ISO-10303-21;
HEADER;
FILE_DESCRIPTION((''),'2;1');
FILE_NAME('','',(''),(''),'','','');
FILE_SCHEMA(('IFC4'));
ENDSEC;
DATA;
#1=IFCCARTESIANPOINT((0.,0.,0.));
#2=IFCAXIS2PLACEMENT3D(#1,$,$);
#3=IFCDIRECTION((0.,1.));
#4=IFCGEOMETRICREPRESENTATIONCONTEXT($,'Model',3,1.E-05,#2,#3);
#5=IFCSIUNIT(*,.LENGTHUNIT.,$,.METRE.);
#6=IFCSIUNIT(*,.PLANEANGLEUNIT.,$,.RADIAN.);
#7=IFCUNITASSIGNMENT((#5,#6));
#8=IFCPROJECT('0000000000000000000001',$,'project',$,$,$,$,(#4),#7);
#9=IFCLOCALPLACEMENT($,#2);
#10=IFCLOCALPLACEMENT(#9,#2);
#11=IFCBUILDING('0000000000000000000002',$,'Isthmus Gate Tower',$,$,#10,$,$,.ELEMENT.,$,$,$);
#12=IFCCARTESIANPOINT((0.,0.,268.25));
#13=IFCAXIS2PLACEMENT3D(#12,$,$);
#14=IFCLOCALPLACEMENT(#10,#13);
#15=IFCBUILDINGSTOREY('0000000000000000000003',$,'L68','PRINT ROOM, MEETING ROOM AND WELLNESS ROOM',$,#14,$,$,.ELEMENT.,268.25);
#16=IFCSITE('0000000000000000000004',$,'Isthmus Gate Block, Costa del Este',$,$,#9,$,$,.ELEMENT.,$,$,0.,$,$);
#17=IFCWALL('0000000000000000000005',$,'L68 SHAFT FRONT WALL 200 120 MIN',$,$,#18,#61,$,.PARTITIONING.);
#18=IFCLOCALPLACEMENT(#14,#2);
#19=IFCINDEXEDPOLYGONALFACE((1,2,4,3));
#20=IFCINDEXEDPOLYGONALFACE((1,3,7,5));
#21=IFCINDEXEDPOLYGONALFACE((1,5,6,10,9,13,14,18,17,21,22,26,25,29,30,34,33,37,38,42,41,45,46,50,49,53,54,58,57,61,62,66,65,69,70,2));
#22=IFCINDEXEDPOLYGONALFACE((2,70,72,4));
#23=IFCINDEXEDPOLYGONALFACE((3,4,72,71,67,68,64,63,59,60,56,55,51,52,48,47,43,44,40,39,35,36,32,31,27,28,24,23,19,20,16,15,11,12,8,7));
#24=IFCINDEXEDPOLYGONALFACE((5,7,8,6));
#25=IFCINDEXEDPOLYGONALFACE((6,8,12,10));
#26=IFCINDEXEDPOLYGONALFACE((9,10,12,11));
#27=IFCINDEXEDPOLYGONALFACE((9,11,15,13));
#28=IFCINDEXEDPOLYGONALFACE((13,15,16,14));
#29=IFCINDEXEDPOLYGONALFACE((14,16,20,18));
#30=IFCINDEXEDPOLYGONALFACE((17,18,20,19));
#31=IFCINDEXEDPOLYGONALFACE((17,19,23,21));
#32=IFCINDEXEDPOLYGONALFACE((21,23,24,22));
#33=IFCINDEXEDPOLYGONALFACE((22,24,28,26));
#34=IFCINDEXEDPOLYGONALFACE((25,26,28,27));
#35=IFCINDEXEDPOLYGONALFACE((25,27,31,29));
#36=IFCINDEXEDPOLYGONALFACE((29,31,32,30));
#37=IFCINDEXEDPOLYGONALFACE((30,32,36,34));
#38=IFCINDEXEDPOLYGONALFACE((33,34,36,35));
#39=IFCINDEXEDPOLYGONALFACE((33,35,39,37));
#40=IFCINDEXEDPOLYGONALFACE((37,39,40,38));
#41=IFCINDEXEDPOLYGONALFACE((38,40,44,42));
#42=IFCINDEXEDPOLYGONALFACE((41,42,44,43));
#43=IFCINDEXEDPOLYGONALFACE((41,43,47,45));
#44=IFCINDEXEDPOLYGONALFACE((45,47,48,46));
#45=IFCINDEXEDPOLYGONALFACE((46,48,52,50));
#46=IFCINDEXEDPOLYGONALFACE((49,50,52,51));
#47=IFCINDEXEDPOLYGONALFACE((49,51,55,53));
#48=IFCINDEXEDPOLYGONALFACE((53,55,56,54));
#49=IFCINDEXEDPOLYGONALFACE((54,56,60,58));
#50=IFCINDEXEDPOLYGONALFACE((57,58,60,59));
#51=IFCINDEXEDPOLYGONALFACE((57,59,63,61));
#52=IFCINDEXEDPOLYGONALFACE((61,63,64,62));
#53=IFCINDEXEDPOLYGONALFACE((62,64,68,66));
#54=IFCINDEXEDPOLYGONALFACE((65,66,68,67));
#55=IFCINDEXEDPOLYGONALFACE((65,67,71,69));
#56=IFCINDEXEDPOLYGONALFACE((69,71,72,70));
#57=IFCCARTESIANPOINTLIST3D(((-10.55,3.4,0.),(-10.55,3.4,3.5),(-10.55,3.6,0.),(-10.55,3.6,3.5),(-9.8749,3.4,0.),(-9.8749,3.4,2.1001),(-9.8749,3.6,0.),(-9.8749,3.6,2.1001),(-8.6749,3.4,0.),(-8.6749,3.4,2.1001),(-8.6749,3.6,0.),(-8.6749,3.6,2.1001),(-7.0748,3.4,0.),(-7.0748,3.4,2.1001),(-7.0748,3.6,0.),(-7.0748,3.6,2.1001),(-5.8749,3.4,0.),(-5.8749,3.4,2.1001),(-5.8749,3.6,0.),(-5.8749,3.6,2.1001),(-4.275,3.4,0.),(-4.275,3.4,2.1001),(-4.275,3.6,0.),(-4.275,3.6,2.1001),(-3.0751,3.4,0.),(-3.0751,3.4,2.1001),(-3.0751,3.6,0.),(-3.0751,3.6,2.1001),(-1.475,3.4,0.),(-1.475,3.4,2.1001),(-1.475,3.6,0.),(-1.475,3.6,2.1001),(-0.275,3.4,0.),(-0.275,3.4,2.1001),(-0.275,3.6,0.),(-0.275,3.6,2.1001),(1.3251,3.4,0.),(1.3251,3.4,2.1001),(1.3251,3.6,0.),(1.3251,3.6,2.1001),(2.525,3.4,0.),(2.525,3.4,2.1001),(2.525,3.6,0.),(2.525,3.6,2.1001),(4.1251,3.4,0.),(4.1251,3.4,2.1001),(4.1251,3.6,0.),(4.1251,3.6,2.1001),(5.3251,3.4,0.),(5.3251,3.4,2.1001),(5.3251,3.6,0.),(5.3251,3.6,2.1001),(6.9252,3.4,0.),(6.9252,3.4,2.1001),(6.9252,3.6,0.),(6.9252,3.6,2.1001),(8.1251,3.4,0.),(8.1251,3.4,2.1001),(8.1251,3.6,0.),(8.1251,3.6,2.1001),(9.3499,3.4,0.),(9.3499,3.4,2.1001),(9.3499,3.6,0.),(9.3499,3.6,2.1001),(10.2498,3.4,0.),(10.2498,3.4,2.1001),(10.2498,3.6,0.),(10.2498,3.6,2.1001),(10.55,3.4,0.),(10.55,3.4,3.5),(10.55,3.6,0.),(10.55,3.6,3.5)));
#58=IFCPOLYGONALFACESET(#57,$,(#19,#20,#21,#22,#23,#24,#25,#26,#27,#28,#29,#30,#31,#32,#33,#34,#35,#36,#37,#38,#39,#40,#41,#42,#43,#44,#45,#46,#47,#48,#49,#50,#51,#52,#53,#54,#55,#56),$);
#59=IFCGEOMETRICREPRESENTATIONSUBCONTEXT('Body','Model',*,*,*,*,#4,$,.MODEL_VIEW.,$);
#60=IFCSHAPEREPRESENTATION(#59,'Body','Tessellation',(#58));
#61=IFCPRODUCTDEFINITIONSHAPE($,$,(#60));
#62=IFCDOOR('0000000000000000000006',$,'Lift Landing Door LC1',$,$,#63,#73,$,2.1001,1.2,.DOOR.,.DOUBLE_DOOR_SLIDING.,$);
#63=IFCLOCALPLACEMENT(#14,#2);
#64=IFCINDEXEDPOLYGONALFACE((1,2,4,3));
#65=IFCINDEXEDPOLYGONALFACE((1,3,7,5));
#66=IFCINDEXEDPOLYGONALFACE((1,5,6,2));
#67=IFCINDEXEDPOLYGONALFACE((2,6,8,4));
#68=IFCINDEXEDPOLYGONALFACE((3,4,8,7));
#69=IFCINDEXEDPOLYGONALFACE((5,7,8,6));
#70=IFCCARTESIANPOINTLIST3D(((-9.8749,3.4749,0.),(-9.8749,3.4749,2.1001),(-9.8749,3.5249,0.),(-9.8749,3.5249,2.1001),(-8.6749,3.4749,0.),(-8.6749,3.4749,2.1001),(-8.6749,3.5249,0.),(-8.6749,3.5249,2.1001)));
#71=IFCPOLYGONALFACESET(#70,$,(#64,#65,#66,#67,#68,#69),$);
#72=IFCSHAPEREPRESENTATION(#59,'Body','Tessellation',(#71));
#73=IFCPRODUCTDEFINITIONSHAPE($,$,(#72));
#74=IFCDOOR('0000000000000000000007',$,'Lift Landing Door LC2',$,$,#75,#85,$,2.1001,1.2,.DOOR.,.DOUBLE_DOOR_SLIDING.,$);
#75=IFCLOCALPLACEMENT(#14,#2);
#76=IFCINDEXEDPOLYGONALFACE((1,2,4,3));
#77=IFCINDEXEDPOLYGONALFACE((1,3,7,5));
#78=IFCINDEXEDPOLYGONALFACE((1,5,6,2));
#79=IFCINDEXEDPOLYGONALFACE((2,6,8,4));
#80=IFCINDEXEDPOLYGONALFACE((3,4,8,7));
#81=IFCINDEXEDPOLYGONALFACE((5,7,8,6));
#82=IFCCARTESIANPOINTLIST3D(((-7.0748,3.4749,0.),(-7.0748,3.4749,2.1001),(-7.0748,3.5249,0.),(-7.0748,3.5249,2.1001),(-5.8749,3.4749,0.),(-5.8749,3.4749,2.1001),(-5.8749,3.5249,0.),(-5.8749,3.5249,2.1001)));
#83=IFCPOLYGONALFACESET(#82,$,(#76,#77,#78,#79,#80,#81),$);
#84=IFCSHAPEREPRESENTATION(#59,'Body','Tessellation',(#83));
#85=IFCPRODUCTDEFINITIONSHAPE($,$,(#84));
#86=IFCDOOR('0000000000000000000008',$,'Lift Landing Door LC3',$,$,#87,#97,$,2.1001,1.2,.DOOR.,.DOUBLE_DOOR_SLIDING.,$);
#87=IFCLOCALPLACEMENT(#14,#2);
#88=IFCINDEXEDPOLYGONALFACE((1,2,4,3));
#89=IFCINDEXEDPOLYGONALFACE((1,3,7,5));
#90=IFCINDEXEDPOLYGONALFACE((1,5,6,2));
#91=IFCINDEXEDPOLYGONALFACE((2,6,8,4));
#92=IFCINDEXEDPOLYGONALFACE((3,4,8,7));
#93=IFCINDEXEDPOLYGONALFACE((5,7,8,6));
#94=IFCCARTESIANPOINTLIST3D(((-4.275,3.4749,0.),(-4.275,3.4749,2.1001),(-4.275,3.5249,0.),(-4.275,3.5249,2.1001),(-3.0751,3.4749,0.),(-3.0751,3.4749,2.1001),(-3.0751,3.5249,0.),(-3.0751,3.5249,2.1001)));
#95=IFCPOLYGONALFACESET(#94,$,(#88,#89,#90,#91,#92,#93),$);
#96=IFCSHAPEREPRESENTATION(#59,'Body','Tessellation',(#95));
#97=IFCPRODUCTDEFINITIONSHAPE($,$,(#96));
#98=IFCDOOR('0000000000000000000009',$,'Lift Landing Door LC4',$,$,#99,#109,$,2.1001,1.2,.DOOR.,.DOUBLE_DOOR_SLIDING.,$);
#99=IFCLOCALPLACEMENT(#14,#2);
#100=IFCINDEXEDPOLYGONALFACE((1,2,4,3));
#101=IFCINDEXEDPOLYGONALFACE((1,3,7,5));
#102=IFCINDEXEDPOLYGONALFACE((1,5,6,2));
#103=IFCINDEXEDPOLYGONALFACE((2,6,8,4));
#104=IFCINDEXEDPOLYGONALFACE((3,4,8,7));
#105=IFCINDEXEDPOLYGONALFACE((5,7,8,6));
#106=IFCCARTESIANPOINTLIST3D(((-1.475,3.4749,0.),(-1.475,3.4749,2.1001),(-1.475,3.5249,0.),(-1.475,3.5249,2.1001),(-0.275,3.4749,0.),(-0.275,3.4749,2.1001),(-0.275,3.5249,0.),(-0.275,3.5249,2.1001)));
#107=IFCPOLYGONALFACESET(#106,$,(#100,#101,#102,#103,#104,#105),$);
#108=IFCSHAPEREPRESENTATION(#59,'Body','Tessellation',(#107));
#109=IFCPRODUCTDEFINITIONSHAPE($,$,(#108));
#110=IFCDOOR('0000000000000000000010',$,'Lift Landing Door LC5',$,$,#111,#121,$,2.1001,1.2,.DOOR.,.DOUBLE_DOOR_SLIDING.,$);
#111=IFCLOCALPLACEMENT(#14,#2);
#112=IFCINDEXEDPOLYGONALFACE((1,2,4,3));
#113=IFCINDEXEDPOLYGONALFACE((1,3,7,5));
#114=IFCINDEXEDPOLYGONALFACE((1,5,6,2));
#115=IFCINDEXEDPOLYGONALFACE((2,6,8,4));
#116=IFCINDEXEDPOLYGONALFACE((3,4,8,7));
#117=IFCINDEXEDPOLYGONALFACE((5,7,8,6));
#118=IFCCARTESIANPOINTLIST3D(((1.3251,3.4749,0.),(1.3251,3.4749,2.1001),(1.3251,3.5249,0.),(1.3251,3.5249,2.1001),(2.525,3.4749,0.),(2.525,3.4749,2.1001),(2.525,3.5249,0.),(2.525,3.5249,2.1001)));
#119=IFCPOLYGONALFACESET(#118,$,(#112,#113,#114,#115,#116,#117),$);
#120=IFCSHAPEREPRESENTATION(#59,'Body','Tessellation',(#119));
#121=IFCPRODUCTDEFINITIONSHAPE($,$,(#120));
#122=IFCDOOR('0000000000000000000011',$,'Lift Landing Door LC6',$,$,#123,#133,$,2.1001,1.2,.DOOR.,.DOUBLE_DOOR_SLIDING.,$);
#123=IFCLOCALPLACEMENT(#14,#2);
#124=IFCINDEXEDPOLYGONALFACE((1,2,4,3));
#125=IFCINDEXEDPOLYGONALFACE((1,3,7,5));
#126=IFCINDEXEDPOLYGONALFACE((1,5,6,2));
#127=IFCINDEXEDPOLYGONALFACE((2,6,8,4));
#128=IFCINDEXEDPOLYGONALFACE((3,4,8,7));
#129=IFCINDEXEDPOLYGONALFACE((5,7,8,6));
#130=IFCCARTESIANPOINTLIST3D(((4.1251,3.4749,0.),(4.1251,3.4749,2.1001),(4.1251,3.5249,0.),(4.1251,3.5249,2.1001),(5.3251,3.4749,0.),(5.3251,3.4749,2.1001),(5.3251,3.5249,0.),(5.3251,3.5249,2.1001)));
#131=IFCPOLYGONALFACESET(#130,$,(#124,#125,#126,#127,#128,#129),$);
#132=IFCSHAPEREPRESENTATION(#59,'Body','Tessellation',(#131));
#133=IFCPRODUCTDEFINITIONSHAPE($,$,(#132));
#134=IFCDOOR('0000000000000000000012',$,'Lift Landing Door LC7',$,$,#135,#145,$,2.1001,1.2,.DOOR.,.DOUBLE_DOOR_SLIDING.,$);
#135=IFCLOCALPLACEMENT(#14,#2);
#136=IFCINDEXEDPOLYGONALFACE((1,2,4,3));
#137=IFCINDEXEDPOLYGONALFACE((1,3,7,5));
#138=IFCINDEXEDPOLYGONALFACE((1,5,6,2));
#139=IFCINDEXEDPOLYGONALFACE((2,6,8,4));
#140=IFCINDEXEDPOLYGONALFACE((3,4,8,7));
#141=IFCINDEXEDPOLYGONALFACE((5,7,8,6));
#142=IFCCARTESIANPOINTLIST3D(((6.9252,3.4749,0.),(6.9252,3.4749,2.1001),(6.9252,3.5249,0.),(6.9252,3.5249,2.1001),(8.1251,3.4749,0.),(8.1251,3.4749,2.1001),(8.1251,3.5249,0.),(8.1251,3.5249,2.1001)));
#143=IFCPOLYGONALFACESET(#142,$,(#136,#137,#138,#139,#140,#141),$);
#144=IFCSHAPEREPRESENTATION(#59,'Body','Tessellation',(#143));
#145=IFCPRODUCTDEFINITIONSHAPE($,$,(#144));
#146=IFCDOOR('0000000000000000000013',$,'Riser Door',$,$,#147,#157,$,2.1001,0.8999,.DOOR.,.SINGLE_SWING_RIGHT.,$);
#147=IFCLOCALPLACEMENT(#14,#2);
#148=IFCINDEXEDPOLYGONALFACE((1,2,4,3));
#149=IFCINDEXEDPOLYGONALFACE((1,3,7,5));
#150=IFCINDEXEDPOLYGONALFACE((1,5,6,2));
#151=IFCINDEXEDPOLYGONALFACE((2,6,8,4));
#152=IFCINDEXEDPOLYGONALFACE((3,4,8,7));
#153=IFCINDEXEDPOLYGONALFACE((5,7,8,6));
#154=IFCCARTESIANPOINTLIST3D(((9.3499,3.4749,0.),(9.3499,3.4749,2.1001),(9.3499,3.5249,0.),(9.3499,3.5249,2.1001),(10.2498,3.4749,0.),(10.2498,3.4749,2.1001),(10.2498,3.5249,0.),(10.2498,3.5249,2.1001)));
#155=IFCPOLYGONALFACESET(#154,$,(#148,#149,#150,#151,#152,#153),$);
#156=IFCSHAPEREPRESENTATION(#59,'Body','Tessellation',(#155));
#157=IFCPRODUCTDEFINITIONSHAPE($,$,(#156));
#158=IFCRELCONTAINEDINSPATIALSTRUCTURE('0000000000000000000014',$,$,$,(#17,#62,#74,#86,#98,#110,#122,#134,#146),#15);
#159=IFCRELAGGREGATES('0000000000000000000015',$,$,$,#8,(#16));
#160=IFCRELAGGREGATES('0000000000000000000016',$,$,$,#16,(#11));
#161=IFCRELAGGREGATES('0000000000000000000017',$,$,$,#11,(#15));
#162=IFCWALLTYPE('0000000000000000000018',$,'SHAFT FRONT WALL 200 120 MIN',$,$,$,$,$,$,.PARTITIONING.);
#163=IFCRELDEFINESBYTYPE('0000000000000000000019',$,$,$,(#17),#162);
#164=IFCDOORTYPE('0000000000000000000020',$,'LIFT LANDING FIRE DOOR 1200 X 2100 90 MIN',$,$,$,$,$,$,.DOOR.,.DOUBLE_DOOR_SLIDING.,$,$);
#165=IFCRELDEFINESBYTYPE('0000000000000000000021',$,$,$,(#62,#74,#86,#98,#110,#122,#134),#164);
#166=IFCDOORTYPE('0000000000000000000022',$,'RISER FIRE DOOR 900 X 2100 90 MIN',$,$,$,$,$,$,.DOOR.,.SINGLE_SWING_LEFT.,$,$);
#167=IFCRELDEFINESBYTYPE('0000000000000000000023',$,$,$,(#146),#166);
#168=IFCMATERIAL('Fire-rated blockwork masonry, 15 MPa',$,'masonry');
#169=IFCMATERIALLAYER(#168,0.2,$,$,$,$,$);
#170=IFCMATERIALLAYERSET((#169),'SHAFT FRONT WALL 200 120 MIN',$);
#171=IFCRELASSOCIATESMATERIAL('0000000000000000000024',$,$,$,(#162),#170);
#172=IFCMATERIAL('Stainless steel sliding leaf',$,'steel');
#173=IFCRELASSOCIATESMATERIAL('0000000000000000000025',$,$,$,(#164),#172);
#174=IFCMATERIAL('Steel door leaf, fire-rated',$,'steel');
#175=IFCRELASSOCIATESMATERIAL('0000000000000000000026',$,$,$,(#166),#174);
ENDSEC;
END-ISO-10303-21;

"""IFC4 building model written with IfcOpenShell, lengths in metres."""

from ifc_helpers import new_model, si_unit, direction, frame, frame_2d, origin, place, context, subcontext, project, spatial, rectangle, extrude, material, layer, layer_set, type_object, element, fill, save


model = new_model("IFC4")

# Units and contexts
model_context = context("Model", 3, precision=1e-05, world=origin(), true_north=direction((0.0, 1.0)))
body_context = subcontext(model_context, "Body", "Model", "MODEL_VIEW")
ifc_project = project(units=[si_unit("LENGTHUNIT", "METRE"), si_unit("PLANEANGLEUNIT", "RADIAN")], contexts=[model_context])

# Site, building, storey
site_placement = place(None, origin())
site = spatial("IfcSite", under=ifc_project, at=site_placement, Name="Isthmus Gate Block, Costa del Este", CompositionType="ELEMENT", RefElevation=0.0)
building_placement = place(site_placement, origin())
building = spatial("IfcBuilding", under=site, at=building_placement, Name="Isthmus Gate Tower", CompositionType="ELEMENT")
storey_placement = place(building_placement, frame((0.0, 0.0, 268.25)))
storey = spatial("IfcBuildingStorey", under=building, at=storey_placement, Name="L68", Description="PRINT ROOM, MEETING ROOM AND WELLNESS ROOM", CompositionType="ELEMENT", Elevation=268.25)

# Wall, openings, doors
ifc_material_1 = material(Name="Fire-rated blockwork masonry, 15 MPa", Category="masonry")
ifc_layer_1 = layer(ifc_material_1, 0.2)
ifc_layer_set_1 = layer_set([ifc_layer_1], Name="SHAFT FRONT WALL 200 120 MIN")
wall_type_1 = type_object("IfcWallType", Name="SHAFT FRONT WALL 200 120 MIN", PredefinedType="PARTITIONING", material=ifc_layer_set_1)
wall_1_placement = place(storey_placement, frame((-10.55, 3.5, 0.0), z_axis=(0.0, 0.0, 1.0), x_axis=(1.0, 0.0, 0.0)))
wall_1 = element("IfcWall", 1, at=wall_1_placement, inside=storey, type_object=wall_type_1, Name="L68 SHAFT FRONT WALL 200 120 MIN", PredefinedType="PARTITIONING", context=body_context, shape_type="SweptSolid", body=[
    extrude(rectangle(XDim=21.1001, YDim=0.2, at=frame_2d((10.55, 0.0))), origin(), (0.0, 0.0, 1.0), 3.5),
])
opening_1_placement = place(wall_1_placement, frame((0.675, 0.0, 0.0)))
opening_1 = element("IfcOpeningElement", 2, at=opening_1_placement, cuts=wall_1, PredefinedType="OPENING", context=body_context, shape_type="SweptSolid", body=[
    extrude(rectangle(XDim=1.2, YDim=2.1001, at=frame_2d((0.6001, 1.05))), frame((0.0, 0.1099, 0.0), z_axis=(0.0, -1.0, 0.0), x_axis=(1.0, 0.0, 0.0)), (0.0, 0.0, 1.0), 0.22),
])
opening_2_placement = place(wall_1_placement, frame((3.4751, 0.0, 0.0)))
opening_2 = element("IfcOpeningElement", 3, at=opening_2_placement, cuts=wall_1, PredefinedType="OPENING", context=body_context, shape_type="SweptSolid", body=[
    extrude(rectangle(XDim=1.2, YDim=2.1001, at=frame_2d((0.6001, 1.05))), frame((0.0, 0.1099, 0.0), z_axis=(0.0, -1.0, 0.0), x_axis=(1.0, 0.0, 0.0)), (0.0, 0.0, 1.0), 0.22),
])
opening_3_placement = place(wall_1_placement, frame((6.2749, 0.0, 0.0)))
opening_3 = element("IfcOpeningElement", 4, at=opening_3_placement, cuts=wall_1, PredefinedType="OPENING", context=body_context, shape_type="SweptSolid", body=[
    extrude(rectangle(XDim=1.2, YDim=2.1001, at=frame_2d((0.6001, 1.05))), frame((0.0, 0.1099, 0.0), z_axis=(0.0, -1.0, 0.0), x_axis=(1.0, 0.0, 0.0)), (0.0, 0.0, 1.0), 0.22),
])
opening_4_placement = place(wall_1_placement, frame((9.075, 0.0, 0.0)))
opening_4 = element("IfcOpeningElement", 5, at=opening_4_placement, cuts=wall_1, PredefinedType="OPENING", context=body_context, shape_type="SweptSolid", body=[
    extrude(rectangle(XDim=1.2, YDim=2.1001, at=frame_2d((0.6001, 1.05))), frame((0.0, 0.1099, 0.0), z_axis=(0.0, -1.0, 0.0), x_axis=(1.0, 0.0, 0.0)), (0.0, 0.0, 1.0), 0.22),
])
opening_5_placement = place(wall_1_placement, frame((11.875, 0.0, 0.0)))
opening_5 = element("IfcOpeningElement", 6, at=opening_5_placement, cuts=wall_1, PredefinedType="OPENING", context=body_context, shape_type="SweptSolid", body=[
    extrude(rectangle(XDim=1.2, YDim=2.1001, at=frame_2d((0.6001, 1.05))), frame((0.0, 0.1099, 0.0), z_axis=(0.0, -1.0, 0.0), x_axis=(1.0, 0.0, 0.0)), (0.0, 0.0, 1.0), 0.22),
])
opening_6_placement = place(wall_1_placement, frame((14.675, 0.0, 0.0)))
opening_6 = element("IfcOpeningElement", 7, at=opening_6_placement, cuts=wall_1, PredefinedType="OPENING", context=body_context, shape_type="SweptSolid", body=[
    extrude(rectangle(XDim=1.2, YDim=2.1001, at=frame_2d((0.6001, 1.05))), frame((0.0, 0.1099, 0.0), z_axis=(0.0, -1.0, 0.0), x_axis=(1.0, 0.0, 0.0)), (0.0, 0.0, 1.0), 0.22),
])
opening_7_placement = place(wall_1_placement, frame((17.4751, 0.0, 0.0)))
opening_7 = element("IfcOpeningElement", 8, at=opening_7_placement, cuts=wall_1, PredefinedType="OPENING", context=body_context, shape_type="SweptSolid", body=[
    extrude(rectangle(XDim=1.2, YDim=2.1001, at=frame_2d((0.6001, 1.05))), frame((0.0, 0.1099, 0.0), z_axis=(0.0, -1.0, 0.0), x_axis=(1.0, 0.0, 0.0)), (0.0, 0.0, 1.0), 0.22),
])
opening_8_placement = place(wall_1_placement, frame((19.8999, 0.0, 0.0)))
opening_8 = element("IfcOpeningElement", 9, at=opening_8_placement, cuts=wall_1, PredefinedType="OPENING", context=body_context, shape_type="SweptSolid", body=[
    extrude(rectangle(XDim=0.8999, YDim=2.1001, at=frame_2d((0.45, 1.05))), frame((0.0, 0.1099, 0.0), z_axis=(0.0, -1.0, 0.0), x_axis=(1.0, 0.0, 0.0)), (0.0, 0.0, 1.0), 0.22),
])
ifc_material_2 = material(Name="Stainless steel sliding leaf", Category="steel")
door_type_1 = type_object("IfcDoorType", Name="LIFT LANDING FIRE DOOR 1200 X 2100 90 MIN", OperationType="DOUBLE_DOOR_SLIDING", PredefinedType="DOOR", material=ifc_material_2)
door_1_placement = place(opening_1_placement, origin())
door_1 = element("IfcDoor", 10, at=door_1_placement, inside=storey, type_object=door_type_1, Name="Lift Landing Door LC1", OperationType="DOUBLE_DOOR_SLIDING", OverallHeight=2.1001, OverallWidth=1.2, PredefinedType="DOOR", context=body_context, shape_type="SweptSolid", body=[
    extrude(rectangle(XDim=1.2, YDim=2.1001, at=frame_2d((0.6001, 1.05))), frame((0.0, 0.0249, 0.0), z_axis=(0.0, -1.0, 0.0), x_axis=(1.0, 0.0, 0.0)), (0.0, 0.0, 1.0), 0.05),
])
fill(opening_1, door_1)
door_2_placement = place(opening_2_placement, origin())
door_2 = element("IfcDoor", 11, at=door_2_placement, inside=storey, type_object=door_type_1, Name="Lift Landing Door LC2", OperationType="DOUBLE_DOOR_SLIDING", OverallHeight=2.1001, OverallWidth=1.2, PredefinedType="DOOR", context=body_context, shape_type="SweptSolid", body=[
    extrude(rectangle(XDim=1.2, YDim=2.1001, at=frame_2d((0.6001, 1.05))), frame((0.0, 0.0249, 0.0), z_axis=(0.0, -1.0, 0.0), x_axis=(1.0, 0.0, 0.0)), (0.0, 0.0, 1.0), 0.05),
])
fill(opening_2, door_2)
door_3_placement = place(opening_3_placement, origin())
door_3 = element("IfcDoor", 12, at=door_3_placement, inside=storey, type_object=door_type_1, Name="Lift Landing Door LC3", OperationType="DOUBLE_DOOR_SLIDING", OverallHeight=2.1001, OverallWidth=1.2, PredefinedType="DOOR", context=body_context, shape_type="SweptSolid", body=[
    extrude(rectangle(XDim=1.2, YDim=2.1001, at=frame_2d((0.6001, 1.05))), frame((0.0, 0.0249, 0.0), z_axis=(0.0, -1.0, 0.0), x_axis=(1.0, 0.0, 0.0)), (0.0, 0.0, 1.0), 0.05),
])
fill(opening_3, door_3)
door_4_placement = place(opening_4_placement, origin())
door_4 = element("IfcDoor", 13, at=door_4_placement, inside=storey, type_object=door_type_1, Name="Lift Landing Door LC4", OperationType="DOUBLE_DOOR_SLIDING", OverallHeight=2.1001, OverallWidth=1.2, PredefinedType="DOOR", context=body_context, shape_type="SweptSolid", body=[
    extrude(rectangle(XDim=1.2, YDim=2.1001, at=frame_2d((0.6001, 1.05))), frame((0.0, 0.0249, 0.0), z_axis=(0.0, -1.0, 0.0), x_axis=(1.0, 0.0, 0.0)), (0.0, 0.0, 1.0), 0.05),
])
fill(opening_4, door_4)
door_5_placement = place(opening_5_placement, origin())
door_5 = element("IfcDoor", 14, at=door_5_placement, inside=storey, type_object=door_type_1, Name="Lift Landing Door LC5", OperationType="DOUBLE_DOOR_SLIDING", OverallHeight=2.1001, OverallWidth=1.2, PredefinedType="DOOR", context=body_context, shape_type="SweptSolid", body=[
    extrude(rectangle(XDim=1.2, YDim=2.1001, at=frame_2d((0.6001, 1.05))), frame((0.0, 0.0249, 0.0), z_axis=(0.0, -1.0, 0.0), x_axis=(1.0, 0.0, 0.0)), (0.0, 0.0, 1.0), 0.05),
])
fill(opening_5, door_5)
door_6_placement = place(opening_6_placement, origin())
door_6 = element("IfcDoor", 15, at=door_6_placement, inside=storey, type_object=door_type_1, Name="Lift Landing Door LC6", OperationType="DOUBLE_DOOR_SLIDING", OverallHeight=2.1001, OverallWidth=1.2, PredefinedType="DOOR", context=body_context, shape_type="SweptSolid", body=[
    extrude(rectangle(XDim=1.2, YDim=2.1001, at=frame_2d((0.6001, 1.05))), frame((0.0, 0.0249, 0.0), z_axis=(0.0, -1.0, 0.0), x_axis=(1.0, 0.0, 0.0)), (0.0, 0.0, 1.0), 0.05),
])
fill(opening_6, door_6)
door_7_placement = place(opening_7_placement, origin())
door_7 = element("IfcDoor", 16, at=door_7_placement, inside=storey, type_object=door_type_1, Name="Lift Landing Door LC7", OperationType="DOUBLE_DOOR_SLIDING", OverallHeight=2.1001, OverallWidth=1.2, PredefinedType="DOOR", context=body_context, shape_type="SweptSolid", body=[
    extrude(rectangle(XDim=1.2, YDim=2.1001, at=frame_2d((0.6001, 1.05))), frame((0.0, 0.0249, 0.0), z_axis=(0.0, -1.0, 0.0), x_axis=(1.0, 0.0, 0.0)), (0.0, 0.0, 1.0), 0.05),
])
fill(opening_7, door_7)
ifc_material_3 = material(Name="Steel door leaf, fire-rated", Category="steel")
door_type_2 = type_object("IfcDoorType", Name="RISER FIRE DOOR 900 X 2100 90 MIN", OperationType="SINGLE_SWING_LEFT", PredefinedType="DOOR", material=ifc_material_3)
door_8_placement = place(opening_8_placement, origin())
door_8 = element("IfcDoor", 17, at=door_8_placement, inside=storey, type_object=door_type_2, Name="Riser Door", OperationType="SINGLE_SWING_RIGHT", OverallHeight=2.1001, OverallWidth=0.8999, PredefinedType="DOOR", context=body_context, shape_type="SweptSolid", body=[
    extrude(rectangle(XDim=0.8999, YDim=2.1001, at=frame_2d((0.45, 1.05))), frame((0.0, 0.0249, 0.0), z_axis=(0.0, -1.0, 0.0), x_axis=(1.0, 0.0, 0.0)), (0.0, 0.0, 1.0), 0.05),
])
fill(opening_8, door_8)

save(model, "model.ifc")
